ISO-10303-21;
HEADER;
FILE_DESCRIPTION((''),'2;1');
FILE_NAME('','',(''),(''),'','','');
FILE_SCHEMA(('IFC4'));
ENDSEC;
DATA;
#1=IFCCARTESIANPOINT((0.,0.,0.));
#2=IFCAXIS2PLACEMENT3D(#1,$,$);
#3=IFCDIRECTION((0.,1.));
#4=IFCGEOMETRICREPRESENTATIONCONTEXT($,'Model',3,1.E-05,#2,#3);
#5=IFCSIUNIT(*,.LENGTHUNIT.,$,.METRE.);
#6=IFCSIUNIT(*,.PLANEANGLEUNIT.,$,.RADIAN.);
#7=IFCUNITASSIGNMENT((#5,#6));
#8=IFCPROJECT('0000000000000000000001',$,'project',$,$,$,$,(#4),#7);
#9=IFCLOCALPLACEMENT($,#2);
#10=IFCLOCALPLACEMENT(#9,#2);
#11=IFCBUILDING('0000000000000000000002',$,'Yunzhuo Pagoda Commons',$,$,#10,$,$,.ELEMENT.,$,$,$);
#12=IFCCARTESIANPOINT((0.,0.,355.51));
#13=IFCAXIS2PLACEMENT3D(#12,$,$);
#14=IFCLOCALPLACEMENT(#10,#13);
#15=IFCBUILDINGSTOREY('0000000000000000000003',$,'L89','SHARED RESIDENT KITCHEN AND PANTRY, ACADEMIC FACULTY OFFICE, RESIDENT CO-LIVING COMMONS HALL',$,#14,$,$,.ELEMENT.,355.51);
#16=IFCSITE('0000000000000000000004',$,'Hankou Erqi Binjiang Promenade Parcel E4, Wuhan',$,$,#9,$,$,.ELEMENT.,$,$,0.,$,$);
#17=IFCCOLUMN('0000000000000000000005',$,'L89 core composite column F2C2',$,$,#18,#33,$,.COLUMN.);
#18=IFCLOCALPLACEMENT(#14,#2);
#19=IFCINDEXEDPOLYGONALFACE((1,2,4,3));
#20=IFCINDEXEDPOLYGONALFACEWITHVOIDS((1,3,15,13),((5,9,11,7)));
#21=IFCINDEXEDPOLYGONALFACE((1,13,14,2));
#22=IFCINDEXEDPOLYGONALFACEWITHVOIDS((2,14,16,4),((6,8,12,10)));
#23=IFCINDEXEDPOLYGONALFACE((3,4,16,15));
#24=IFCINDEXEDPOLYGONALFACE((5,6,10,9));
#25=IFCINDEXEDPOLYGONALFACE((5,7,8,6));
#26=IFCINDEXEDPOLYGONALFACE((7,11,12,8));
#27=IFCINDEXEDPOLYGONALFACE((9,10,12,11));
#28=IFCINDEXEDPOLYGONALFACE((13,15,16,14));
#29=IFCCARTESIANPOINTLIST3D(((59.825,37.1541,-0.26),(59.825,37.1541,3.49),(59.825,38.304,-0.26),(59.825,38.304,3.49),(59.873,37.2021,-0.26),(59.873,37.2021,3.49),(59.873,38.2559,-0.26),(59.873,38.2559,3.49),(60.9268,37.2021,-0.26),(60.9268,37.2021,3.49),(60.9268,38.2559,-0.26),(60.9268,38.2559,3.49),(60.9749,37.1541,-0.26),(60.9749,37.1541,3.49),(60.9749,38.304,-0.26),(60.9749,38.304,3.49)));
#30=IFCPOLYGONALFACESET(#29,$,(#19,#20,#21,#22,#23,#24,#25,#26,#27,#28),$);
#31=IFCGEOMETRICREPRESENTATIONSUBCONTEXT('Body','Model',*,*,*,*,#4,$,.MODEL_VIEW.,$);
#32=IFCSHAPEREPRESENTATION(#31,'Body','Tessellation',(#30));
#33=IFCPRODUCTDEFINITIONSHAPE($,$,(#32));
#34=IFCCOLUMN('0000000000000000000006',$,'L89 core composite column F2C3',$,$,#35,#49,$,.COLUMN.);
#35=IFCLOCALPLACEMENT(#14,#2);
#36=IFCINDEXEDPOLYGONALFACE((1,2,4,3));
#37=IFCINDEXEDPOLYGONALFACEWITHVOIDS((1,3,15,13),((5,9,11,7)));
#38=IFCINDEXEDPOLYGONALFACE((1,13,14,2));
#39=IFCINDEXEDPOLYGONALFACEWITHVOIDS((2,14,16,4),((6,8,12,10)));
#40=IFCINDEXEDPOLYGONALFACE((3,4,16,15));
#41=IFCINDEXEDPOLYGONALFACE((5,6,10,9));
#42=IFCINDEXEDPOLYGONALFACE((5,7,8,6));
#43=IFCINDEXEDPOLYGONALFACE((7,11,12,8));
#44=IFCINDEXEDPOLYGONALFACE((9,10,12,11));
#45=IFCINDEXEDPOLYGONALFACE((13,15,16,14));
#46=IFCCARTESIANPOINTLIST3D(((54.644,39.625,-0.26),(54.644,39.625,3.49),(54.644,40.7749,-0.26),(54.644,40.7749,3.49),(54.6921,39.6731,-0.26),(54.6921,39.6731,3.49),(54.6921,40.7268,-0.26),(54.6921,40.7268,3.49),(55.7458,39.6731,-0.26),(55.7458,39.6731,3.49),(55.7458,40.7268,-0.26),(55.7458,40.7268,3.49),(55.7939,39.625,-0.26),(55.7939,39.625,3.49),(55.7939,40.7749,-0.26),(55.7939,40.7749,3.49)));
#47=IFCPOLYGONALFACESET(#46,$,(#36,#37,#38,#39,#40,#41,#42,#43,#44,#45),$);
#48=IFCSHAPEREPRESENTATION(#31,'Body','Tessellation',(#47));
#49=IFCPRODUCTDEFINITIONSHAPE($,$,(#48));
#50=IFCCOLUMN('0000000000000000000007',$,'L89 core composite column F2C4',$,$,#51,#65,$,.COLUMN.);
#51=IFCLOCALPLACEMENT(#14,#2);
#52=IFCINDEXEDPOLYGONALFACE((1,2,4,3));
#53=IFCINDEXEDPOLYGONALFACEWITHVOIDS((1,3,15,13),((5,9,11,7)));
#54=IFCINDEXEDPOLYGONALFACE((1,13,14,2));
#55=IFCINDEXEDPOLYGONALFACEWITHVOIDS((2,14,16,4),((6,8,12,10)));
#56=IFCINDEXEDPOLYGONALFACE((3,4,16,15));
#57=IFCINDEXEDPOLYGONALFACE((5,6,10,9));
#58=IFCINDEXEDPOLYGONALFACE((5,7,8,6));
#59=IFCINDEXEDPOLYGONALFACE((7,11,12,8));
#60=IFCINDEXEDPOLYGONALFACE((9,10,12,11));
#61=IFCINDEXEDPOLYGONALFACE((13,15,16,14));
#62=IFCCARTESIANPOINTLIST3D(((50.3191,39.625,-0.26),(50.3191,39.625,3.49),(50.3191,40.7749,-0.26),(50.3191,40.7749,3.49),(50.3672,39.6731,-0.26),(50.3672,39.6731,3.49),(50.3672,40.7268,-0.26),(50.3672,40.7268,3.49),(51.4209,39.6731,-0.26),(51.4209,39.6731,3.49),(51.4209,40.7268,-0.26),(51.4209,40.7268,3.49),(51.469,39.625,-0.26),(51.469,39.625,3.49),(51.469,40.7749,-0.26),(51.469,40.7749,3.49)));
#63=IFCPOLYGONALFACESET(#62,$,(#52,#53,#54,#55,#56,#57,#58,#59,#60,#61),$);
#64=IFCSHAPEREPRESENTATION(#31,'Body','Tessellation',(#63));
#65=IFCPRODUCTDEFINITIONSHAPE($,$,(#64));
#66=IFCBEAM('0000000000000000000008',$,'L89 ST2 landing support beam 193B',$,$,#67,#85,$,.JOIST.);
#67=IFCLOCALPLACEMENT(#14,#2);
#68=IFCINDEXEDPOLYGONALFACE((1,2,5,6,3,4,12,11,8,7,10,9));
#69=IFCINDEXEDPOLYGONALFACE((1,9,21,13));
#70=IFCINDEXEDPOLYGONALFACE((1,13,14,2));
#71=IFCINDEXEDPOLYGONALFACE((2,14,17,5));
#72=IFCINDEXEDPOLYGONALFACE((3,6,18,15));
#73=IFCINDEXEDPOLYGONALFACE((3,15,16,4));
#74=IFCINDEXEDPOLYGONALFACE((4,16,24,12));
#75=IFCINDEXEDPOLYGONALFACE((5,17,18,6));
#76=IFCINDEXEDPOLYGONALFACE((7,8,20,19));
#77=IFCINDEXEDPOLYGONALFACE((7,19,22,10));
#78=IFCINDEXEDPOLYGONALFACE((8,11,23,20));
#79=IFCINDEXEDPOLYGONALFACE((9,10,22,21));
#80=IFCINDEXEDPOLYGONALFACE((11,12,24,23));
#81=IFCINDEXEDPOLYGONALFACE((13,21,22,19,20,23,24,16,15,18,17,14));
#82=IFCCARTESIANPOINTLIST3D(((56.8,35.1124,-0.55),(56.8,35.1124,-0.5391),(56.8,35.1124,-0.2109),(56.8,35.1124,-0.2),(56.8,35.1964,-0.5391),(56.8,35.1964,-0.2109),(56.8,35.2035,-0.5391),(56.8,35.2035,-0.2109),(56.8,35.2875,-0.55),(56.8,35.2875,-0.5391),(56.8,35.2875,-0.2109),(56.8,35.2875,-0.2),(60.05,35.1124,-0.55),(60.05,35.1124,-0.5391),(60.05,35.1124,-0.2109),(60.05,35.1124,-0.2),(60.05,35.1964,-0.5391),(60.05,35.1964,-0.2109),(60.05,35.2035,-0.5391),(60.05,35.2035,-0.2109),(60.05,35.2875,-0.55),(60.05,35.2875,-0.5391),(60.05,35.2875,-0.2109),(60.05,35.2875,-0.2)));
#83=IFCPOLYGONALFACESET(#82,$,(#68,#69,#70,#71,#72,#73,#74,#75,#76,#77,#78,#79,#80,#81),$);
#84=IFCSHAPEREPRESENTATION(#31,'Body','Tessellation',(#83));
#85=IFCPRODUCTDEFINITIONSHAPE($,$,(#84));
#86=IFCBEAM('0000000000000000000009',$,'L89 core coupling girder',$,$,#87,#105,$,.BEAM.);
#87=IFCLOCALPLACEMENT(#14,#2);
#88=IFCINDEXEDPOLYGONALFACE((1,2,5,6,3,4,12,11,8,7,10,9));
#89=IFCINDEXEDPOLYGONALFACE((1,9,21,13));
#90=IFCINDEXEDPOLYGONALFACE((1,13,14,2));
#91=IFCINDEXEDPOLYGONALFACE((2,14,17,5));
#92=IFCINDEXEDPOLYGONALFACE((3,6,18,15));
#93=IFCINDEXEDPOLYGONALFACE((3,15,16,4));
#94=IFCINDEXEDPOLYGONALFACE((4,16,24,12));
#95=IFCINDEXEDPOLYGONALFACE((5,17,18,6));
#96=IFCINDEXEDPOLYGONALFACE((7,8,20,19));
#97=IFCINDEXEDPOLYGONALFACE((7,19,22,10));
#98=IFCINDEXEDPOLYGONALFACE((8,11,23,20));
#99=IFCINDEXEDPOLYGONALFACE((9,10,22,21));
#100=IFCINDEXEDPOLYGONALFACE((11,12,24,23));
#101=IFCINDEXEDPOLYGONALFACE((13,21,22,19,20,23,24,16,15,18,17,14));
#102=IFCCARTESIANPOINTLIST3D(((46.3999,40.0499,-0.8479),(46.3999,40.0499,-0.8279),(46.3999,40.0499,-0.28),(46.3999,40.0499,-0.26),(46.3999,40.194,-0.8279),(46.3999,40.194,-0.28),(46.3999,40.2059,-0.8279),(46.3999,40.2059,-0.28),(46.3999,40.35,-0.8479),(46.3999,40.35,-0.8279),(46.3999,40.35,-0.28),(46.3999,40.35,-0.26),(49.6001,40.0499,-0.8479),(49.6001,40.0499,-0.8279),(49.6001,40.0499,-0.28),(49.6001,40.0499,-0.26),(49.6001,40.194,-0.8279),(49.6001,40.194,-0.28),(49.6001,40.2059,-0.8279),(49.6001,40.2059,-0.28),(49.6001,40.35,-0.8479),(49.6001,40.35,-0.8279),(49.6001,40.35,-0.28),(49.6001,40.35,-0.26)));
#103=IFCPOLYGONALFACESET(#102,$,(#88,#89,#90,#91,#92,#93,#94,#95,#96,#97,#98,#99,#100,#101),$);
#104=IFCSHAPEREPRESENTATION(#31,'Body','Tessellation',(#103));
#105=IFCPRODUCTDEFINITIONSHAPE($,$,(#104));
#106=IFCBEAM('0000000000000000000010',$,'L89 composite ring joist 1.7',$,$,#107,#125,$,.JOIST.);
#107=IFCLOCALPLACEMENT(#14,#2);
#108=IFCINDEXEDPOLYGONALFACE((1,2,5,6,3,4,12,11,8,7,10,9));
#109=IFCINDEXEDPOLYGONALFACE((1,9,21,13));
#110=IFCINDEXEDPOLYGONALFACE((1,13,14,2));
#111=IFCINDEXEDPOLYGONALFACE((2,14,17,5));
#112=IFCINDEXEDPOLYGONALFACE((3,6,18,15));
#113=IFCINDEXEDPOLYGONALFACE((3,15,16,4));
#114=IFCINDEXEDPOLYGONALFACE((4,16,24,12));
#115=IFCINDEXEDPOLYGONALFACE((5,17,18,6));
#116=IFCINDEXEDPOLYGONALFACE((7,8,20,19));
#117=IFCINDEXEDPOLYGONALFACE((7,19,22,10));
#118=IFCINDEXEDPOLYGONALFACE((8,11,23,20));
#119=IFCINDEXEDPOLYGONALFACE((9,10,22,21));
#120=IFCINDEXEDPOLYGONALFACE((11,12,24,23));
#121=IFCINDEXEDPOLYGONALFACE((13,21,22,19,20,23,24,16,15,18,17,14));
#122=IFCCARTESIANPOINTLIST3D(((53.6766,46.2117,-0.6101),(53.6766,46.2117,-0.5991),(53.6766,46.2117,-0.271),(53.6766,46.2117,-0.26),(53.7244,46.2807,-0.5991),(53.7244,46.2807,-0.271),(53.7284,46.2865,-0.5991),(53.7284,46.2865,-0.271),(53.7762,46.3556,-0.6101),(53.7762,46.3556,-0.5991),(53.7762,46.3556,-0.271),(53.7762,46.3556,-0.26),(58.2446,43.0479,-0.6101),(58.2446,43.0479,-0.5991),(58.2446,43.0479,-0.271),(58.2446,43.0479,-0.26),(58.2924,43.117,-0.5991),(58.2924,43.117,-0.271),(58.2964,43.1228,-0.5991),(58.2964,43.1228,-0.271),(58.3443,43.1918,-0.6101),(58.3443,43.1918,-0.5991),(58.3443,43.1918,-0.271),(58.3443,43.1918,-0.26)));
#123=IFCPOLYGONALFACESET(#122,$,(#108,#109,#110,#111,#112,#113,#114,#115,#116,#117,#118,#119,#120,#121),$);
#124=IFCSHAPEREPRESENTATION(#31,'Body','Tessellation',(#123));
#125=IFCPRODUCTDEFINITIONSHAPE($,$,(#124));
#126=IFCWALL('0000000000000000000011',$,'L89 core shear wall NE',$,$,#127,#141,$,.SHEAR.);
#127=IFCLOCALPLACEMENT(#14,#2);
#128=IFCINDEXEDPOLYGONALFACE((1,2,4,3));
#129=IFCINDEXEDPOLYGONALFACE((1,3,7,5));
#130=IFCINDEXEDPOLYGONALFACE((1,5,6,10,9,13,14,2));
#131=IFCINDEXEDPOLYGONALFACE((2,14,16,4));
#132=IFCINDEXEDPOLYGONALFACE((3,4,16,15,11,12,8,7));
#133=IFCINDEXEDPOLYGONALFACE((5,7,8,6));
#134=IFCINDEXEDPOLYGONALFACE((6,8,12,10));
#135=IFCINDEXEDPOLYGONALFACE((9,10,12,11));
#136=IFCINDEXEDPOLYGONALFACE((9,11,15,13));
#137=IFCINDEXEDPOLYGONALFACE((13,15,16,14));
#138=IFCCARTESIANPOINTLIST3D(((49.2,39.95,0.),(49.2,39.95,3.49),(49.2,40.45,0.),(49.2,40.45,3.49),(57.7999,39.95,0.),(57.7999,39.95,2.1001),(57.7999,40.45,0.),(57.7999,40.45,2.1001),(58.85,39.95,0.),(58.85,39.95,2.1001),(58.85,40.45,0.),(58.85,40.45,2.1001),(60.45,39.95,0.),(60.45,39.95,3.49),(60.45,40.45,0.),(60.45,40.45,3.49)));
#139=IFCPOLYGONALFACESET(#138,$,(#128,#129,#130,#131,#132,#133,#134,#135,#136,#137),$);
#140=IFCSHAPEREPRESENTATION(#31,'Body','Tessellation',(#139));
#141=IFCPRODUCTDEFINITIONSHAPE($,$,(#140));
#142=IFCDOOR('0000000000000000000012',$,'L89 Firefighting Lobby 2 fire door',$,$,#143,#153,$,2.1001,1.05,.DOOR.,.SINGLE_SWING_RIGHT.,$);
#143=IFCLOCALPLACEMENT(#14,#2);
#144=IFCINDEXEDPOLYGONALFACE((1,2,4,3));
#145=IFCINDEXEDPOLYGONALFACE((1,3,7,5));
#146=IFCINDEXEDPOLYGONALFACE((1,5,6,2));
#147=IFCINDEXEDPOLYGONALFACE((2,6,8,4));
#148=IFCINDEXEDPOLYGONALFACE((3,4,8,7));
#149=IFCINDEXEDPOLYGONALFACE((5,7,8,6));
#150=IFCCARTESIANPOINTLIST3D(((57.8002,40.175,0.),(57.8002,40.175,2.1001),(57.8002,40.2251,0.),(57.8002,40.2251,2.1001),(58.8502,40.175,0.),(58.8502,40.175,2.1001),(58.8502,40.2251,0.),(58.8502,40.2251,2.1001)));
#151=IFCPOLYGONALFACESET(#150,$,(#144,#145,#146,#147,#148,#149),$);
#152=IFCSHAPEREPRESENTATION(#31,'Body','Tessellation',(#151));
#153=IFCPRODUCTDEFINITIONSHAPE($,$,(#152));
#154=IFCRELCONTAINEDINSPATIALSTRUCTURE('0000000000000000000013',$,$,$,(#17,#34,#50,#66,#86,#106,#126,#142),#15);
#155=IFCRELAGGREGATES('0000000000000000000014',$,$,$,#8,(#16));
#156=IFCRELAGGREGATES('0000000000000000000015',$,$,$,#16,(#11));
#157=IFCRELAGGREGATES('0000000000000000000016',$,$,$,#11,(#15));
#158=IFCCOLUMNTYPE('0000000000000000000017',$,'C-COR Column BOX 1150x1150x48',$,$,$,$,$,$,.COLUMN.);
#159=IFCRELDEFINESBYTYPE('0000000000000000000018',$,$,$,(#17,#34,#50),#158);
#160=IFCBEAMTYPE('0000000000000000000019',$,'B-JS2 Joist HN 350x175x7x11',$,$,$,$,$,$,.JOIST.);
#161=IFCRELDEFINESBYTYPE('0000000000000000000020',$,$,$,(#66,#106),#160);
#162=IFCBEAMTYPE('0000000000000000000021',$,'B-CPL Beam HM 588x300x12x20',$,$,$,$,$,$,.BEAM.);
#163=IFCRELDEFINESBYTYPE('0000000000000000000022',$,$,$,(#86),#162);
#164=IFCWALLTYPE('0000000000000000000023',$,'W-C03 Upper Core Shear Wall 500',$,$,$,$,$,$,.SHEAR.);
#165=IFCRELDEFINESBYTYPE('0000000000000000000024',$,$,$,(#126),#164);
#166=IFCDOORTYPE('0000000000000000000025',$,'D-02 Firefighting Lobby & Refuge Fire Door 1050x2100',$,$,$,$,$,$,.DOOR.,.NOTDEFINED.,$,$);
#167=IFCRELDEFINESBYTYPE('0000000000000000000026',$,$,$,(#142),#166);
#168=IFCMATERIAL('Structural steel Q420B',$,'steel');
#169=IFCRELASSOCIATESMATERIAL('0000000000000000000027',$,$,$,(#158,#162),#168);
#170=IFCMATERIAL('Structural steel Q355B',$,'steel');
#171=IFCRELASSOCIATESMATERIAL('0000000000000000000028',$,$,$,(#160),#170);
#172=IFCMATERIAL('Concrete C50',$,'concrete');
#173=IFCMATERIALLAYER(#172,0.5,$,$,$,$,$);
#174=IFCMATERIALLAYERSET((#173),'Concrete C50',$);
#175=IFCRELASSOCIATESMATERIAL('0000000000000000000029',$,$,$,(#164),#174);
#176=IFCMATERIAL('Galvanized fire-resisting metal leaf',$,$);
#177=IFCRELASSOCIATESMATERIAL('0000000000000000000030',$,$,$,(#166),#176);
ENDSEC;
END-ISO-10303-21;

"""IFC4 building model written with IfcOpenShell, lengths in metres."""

from ifc_helpers import new_model, si_unit, direction, frame, frame_2d, origin, origin_2d, place, context, subcontext, project, spatial, rectangle, hollow_rectangle, i_section, extrude, source, transform, mapped, material, layer, layer_set, material_profile, profile_set, type_object, element, fill, save


model = new_model("IFC4")

# Units and contexts
model_context = context("Model", 3, precision=1e-05, world=origin(), true_north=direction((0.0, 1.0)))
body_context = subcontext(model_context, "Body", "Model", "MODEL_VIEW")
ifc_project = project(units=[si_unit("LENGTHUNIT", "METRE"), si_unit("PLANEANGLEUNIT", "RADIAN")], contexts=[model_context])

# Site, building, storey
site_placement = place(None, origin())
site = spatial("IfcSite", under=ifc_project, at=site_placement, Name="Hankou Erqi Binjiang Promenade Parcel E4, Wuhan", CompositionType="ELEMENT", RefElevation=0.0)
building_placement = place(site_placement, origin())
building = spatial("IfcBuilding", under=site, at=building_placement, Name="Yunzhuo Pagoda Commons", CompositionType="ELEMENT")
storey_placement = place(building_placement, frame((0.0, 0.0, 355.51)))
storey = spatial("IfcBuildingStorey", under=building, at=storey_placement, Name="L89", Description="SHARED RESIDENT KITCHEN AND PANTRY, ACADEMIC FACULTY OFFICE, RESIDENT CO-LIVING COMMONS HALL", CompositionType="ELEMENT", Elevation=355.51)

# Columns
ifc_material_1 = material(Name="Structural steel Q420B", Category="steel")
ifc_material_profile_1 = material_profile(ifc_material_1, hollow_rectangle(XDim=1.1499, YDim=1.1499, WallThickness=0.0481, at=origin_2d()), Name="Structural steel Q420B")
ifc_profile_set_1 = profile_set([ifc_material_profile_1], Name="Structural steel Q420B")
column_type = type_object("IfcColumnType", Name="C-COR Column BOX 1150x1150x48", PredefinedType="COLUMN", material=ifc_profile_set_1)
shared_shape_1 = source(origin(), body_context, "Body", "SweptSolid", [
    extrude(hollow_rectangle(XDim=1.1499, YDim=1.1499, WallThickness=0.0481, at=origin_2d()), origin(), (0.0, 0.0, 1.0), 3.75),
])
for number, where, z_axis, x_axis, name in (
    (1, (60.3999, 37.729, -0.26), (0.0, 0.0, 1.0), (1.0, 0.0, 0.0), "L89 core composite column F2C2"),
    (2, (55.219, 40.2, -0.26), (0.0, 0.0, 1.0), (1.0, 0.0, 0.0), "L89 core composite column F2C3"),
    (3, (50.894, 40.2, -0.26), (0.0, 0.0, 1.0), (1.0, 0.0, 0.0), "L89 core composite column F2C4"),
):
    element("IfcColumn", number, at=place(storey_placement, frame(where, z_axis=z_axis, x_axis=x_axis)), inside=storey, type_object=column_type, Name=name, PredefinedType="COLUMN", context=body_context, shape_type="MappedRepresentation", body=[
        mapped(shared_shape_1, transform((0.0, 0.0, 0.0), scale=1.0)),
    ])

# Beams
ifc_material_2 = material(Name="Structural steel Q355B", Category="steel")
ifc_material_profile_2 = material_profile(ifc_material_2, i_section(OverallWidth=0.175, OverallDepth=0.3501, WebThickness=0.0071, FlangeThickness=0.011, at=origin_2d()), Name="Structural steel Q355B")
ifc_profile_set_2 = profile_set([ifc_material_profile_2], Name="Structural steel Q355B")
beam_type_1 = type_object("IfcBeamType", Name="B-JS2 Joist HN 350x175x7x11", PredefinedType="JOIST", material=ifc_profile_set_2)
shared_shape_2 = source(origin(), body_context, "Body", "SweptSolid", [
    extrude(i_section(OverallWidth=0.175, OverallDepth=0.3501, WebThickness=0.0071, FlangeThickness=0.011, at=origin_2d()), origin(), (0.0, 0.0, 1.0), 3.25),
])
beam_1_placement = place(storey_placement, frame((56.8, 35.2, -0.375), z_axis=(1.0, 0.0, 0.0), x_axis=(0.0, 1.0, 0.0)))
element("IfcBeam", 4, at=beam_1_placement, inside=storey, type_object=beam_type_1, Name="L89 ST2 landing support beam 193B", PredefinedType="JOIST", context=body_context, shape_type="MappedRepresentation", body=[
    mapped(shared_shape_2, transform((0.0, 0.0, 0.0), scale=1.0)),
])
ifc_material_profile_3 = material_profile(ifc_material_1, i_section(OverallWidth=0.3, OverallDepth=0.5879, WebThickness=0.012, FlangeThickness=0.02, at=origin_2d()), Name="Structural steel Q420B")
ifc_profile_set_3 = profile_set([ifc_material_profile_3], Name="Structural steel Q420B")
beam_type_2 = type_object("IfcBeamType", Name="B-CPL Beam HM 588x300x12x20", PredefinedType="BEAM", material=ifc_profile_set_3)
shared_shape_3 = source(origin(), body_context, "Body", "SweptSolid", [
    extrude(i_section(OverallWidth=0.3, OverallDepth=0.5879, WebThickness=0.012, FlangeThickness=0.02, at=origin_2d()), origin(), (0.0, 0.0, 1.0), 3.2002),
])
beam_2_placement = place(storey_placement, frame((46.3999, 40.2, -0.554), z_axis=(1.0, 0.0, 0.0), x_axis=(0.0, 1.0, 0.0)))
element("IfcBeam", 5, at=beam_2_placement, inside=storey, type_object=beam_type_2, Name="L89 core coupling girder", PredefinedType="BEAM", context=body_context, shape_type="MappedRepresentation", body=[
    mapped(shared_shape_3, transform((0.0, 0.0, 0.0), scale=1.0)),
])
shared_shape_4 = source(origin(), body_context, "Body", "SweptSolid", [
    extrude(i_section(OverallWidth=0.175, OverallDepth=0.3501, WebThickness=0.0071, FlangeThickness=0.011, at=origin_2d()), origin(), (0.0, 0.0, 1.0), 5.5566),
])
beam_3_placement = place(storey_placement, frame((58.2944, 43.1199, -0.4351), z_axis=(-0.822085, 0.569365, 0.0), x_axis=(-0.569365, -0.822085, 0.0)))
element("IfcBeam", 6, at=beam_3_placement, inside=storey, type_object=beam_type_1, Name="L89 composite ring joist 1.7", PredefinedType="JOIST", context=body_context, shape_type="MappedRepresentation", body=[
    mapped(shared_shape_4, transform((0.0, 0.0, 0.0), scale=1.0)),
])

# Wall, opening, door
ifc_material_3 = material(Name="Concrete C50", Category="concrete")
ifc_layer_1 = layer(ifc_material_3, 0.5)
ifc_layer_set_1 = layer_set([ifc_layer_1], Name="Concrete C50")
wall_type_1 = type_object("IfcWallType", Name="W-C03 Upper Core Shear Wall 500", PredefinedType="SHEAR", material=ifc_layer_set_1)
wall_1_placement = place(storey_placement, frame((49.2, 40.2, 0.0), z_axis=(0.0, 0.0, 1.0), x_axis=(1.0, 0.0, 0.0)))
wall_1 = element("IfcWall", 7, at=wall_1_placement, inside=storey, type_object=wall_type_1, Name="L89 core shear wall NE", PredefinedType="SHEAR", context=body_context, shape_type="SweptSolid", body=[
    extrude(rectangle(XDim=11.25, YDim=0.5, at=frame_2d((5.625, 0.0))), origin(), (0.0, 0.0, 1.0), 3.49),
])
opening_1_placement = place(wall_1_placement, frame((8.6001, 0.0, 0.0)))
opening_1 = element("IfcOpeningElement", 8, at=opening_1_placement, cuts=wall_1, PredefinedType="OPENING", context=body_context, shape_type="SweptSolid", body=[
    extrude(rectangle(XDim=1.05, YDim=2.1001, at=frame_2d((0.5249, 1.05))), frame((0.0, 0.26, 0.0), z_axis=(0.0, -1.0, 0.0), x_axis=(1.0, 0.0, 0.0)), (0.0, 0.0, 1.0), 0.52),
])
ifc_material_4 = material(Name="Galvanized fire-resisting metal leaf")
door_type_1 = type_object("IfcDoorType", Name="D-02 Firefighting Lobby & Refuge Fire Door 1050x2100", OperationType="NOTDEFINED", PredefinedType="DOOR", material=ifc_material_4)
shared_shape_5 = source(origin(), body_context, "Body", "SweptSolid", [
    extrude(rectangle(XDim=1.05, YDim=2.1001, at=frame_2d((0.5249, 1.05))), frame((0.0, 0.0249, 0.0), z_axis=(0.0, -1.0, 0.0), x_axis=(1.0, 0.0, 0.0)), (0.0, 0.0, 1.0), 0.05),
])
door_1_placement = place(opening_1_placement, frame((1.05, 0.0, 0.0), z_axis=(0.0, 0.0, 1.0), x_axis=(-1.0, 0.0, 0.0)))
door_1 = element("IfcDoor", 9, at=door_1_placement, inside=storey, type_object=door_type_1, Name="L89 Firefighting Lobby 2 fire door", OperationType="SINGLE_SWING_RIGHT", OverallHeight=2.1001, OverallWidth=1.05, PredefinedType="DOOR", context=body_context, shape_type="MappedRepresentation", body=[
    mapped(shared_shape_5, transform((0.0, 0.0, 0.0), scale=1.0)),
])
fill(opening_1, door_1)

save(model, "model.ifc")
